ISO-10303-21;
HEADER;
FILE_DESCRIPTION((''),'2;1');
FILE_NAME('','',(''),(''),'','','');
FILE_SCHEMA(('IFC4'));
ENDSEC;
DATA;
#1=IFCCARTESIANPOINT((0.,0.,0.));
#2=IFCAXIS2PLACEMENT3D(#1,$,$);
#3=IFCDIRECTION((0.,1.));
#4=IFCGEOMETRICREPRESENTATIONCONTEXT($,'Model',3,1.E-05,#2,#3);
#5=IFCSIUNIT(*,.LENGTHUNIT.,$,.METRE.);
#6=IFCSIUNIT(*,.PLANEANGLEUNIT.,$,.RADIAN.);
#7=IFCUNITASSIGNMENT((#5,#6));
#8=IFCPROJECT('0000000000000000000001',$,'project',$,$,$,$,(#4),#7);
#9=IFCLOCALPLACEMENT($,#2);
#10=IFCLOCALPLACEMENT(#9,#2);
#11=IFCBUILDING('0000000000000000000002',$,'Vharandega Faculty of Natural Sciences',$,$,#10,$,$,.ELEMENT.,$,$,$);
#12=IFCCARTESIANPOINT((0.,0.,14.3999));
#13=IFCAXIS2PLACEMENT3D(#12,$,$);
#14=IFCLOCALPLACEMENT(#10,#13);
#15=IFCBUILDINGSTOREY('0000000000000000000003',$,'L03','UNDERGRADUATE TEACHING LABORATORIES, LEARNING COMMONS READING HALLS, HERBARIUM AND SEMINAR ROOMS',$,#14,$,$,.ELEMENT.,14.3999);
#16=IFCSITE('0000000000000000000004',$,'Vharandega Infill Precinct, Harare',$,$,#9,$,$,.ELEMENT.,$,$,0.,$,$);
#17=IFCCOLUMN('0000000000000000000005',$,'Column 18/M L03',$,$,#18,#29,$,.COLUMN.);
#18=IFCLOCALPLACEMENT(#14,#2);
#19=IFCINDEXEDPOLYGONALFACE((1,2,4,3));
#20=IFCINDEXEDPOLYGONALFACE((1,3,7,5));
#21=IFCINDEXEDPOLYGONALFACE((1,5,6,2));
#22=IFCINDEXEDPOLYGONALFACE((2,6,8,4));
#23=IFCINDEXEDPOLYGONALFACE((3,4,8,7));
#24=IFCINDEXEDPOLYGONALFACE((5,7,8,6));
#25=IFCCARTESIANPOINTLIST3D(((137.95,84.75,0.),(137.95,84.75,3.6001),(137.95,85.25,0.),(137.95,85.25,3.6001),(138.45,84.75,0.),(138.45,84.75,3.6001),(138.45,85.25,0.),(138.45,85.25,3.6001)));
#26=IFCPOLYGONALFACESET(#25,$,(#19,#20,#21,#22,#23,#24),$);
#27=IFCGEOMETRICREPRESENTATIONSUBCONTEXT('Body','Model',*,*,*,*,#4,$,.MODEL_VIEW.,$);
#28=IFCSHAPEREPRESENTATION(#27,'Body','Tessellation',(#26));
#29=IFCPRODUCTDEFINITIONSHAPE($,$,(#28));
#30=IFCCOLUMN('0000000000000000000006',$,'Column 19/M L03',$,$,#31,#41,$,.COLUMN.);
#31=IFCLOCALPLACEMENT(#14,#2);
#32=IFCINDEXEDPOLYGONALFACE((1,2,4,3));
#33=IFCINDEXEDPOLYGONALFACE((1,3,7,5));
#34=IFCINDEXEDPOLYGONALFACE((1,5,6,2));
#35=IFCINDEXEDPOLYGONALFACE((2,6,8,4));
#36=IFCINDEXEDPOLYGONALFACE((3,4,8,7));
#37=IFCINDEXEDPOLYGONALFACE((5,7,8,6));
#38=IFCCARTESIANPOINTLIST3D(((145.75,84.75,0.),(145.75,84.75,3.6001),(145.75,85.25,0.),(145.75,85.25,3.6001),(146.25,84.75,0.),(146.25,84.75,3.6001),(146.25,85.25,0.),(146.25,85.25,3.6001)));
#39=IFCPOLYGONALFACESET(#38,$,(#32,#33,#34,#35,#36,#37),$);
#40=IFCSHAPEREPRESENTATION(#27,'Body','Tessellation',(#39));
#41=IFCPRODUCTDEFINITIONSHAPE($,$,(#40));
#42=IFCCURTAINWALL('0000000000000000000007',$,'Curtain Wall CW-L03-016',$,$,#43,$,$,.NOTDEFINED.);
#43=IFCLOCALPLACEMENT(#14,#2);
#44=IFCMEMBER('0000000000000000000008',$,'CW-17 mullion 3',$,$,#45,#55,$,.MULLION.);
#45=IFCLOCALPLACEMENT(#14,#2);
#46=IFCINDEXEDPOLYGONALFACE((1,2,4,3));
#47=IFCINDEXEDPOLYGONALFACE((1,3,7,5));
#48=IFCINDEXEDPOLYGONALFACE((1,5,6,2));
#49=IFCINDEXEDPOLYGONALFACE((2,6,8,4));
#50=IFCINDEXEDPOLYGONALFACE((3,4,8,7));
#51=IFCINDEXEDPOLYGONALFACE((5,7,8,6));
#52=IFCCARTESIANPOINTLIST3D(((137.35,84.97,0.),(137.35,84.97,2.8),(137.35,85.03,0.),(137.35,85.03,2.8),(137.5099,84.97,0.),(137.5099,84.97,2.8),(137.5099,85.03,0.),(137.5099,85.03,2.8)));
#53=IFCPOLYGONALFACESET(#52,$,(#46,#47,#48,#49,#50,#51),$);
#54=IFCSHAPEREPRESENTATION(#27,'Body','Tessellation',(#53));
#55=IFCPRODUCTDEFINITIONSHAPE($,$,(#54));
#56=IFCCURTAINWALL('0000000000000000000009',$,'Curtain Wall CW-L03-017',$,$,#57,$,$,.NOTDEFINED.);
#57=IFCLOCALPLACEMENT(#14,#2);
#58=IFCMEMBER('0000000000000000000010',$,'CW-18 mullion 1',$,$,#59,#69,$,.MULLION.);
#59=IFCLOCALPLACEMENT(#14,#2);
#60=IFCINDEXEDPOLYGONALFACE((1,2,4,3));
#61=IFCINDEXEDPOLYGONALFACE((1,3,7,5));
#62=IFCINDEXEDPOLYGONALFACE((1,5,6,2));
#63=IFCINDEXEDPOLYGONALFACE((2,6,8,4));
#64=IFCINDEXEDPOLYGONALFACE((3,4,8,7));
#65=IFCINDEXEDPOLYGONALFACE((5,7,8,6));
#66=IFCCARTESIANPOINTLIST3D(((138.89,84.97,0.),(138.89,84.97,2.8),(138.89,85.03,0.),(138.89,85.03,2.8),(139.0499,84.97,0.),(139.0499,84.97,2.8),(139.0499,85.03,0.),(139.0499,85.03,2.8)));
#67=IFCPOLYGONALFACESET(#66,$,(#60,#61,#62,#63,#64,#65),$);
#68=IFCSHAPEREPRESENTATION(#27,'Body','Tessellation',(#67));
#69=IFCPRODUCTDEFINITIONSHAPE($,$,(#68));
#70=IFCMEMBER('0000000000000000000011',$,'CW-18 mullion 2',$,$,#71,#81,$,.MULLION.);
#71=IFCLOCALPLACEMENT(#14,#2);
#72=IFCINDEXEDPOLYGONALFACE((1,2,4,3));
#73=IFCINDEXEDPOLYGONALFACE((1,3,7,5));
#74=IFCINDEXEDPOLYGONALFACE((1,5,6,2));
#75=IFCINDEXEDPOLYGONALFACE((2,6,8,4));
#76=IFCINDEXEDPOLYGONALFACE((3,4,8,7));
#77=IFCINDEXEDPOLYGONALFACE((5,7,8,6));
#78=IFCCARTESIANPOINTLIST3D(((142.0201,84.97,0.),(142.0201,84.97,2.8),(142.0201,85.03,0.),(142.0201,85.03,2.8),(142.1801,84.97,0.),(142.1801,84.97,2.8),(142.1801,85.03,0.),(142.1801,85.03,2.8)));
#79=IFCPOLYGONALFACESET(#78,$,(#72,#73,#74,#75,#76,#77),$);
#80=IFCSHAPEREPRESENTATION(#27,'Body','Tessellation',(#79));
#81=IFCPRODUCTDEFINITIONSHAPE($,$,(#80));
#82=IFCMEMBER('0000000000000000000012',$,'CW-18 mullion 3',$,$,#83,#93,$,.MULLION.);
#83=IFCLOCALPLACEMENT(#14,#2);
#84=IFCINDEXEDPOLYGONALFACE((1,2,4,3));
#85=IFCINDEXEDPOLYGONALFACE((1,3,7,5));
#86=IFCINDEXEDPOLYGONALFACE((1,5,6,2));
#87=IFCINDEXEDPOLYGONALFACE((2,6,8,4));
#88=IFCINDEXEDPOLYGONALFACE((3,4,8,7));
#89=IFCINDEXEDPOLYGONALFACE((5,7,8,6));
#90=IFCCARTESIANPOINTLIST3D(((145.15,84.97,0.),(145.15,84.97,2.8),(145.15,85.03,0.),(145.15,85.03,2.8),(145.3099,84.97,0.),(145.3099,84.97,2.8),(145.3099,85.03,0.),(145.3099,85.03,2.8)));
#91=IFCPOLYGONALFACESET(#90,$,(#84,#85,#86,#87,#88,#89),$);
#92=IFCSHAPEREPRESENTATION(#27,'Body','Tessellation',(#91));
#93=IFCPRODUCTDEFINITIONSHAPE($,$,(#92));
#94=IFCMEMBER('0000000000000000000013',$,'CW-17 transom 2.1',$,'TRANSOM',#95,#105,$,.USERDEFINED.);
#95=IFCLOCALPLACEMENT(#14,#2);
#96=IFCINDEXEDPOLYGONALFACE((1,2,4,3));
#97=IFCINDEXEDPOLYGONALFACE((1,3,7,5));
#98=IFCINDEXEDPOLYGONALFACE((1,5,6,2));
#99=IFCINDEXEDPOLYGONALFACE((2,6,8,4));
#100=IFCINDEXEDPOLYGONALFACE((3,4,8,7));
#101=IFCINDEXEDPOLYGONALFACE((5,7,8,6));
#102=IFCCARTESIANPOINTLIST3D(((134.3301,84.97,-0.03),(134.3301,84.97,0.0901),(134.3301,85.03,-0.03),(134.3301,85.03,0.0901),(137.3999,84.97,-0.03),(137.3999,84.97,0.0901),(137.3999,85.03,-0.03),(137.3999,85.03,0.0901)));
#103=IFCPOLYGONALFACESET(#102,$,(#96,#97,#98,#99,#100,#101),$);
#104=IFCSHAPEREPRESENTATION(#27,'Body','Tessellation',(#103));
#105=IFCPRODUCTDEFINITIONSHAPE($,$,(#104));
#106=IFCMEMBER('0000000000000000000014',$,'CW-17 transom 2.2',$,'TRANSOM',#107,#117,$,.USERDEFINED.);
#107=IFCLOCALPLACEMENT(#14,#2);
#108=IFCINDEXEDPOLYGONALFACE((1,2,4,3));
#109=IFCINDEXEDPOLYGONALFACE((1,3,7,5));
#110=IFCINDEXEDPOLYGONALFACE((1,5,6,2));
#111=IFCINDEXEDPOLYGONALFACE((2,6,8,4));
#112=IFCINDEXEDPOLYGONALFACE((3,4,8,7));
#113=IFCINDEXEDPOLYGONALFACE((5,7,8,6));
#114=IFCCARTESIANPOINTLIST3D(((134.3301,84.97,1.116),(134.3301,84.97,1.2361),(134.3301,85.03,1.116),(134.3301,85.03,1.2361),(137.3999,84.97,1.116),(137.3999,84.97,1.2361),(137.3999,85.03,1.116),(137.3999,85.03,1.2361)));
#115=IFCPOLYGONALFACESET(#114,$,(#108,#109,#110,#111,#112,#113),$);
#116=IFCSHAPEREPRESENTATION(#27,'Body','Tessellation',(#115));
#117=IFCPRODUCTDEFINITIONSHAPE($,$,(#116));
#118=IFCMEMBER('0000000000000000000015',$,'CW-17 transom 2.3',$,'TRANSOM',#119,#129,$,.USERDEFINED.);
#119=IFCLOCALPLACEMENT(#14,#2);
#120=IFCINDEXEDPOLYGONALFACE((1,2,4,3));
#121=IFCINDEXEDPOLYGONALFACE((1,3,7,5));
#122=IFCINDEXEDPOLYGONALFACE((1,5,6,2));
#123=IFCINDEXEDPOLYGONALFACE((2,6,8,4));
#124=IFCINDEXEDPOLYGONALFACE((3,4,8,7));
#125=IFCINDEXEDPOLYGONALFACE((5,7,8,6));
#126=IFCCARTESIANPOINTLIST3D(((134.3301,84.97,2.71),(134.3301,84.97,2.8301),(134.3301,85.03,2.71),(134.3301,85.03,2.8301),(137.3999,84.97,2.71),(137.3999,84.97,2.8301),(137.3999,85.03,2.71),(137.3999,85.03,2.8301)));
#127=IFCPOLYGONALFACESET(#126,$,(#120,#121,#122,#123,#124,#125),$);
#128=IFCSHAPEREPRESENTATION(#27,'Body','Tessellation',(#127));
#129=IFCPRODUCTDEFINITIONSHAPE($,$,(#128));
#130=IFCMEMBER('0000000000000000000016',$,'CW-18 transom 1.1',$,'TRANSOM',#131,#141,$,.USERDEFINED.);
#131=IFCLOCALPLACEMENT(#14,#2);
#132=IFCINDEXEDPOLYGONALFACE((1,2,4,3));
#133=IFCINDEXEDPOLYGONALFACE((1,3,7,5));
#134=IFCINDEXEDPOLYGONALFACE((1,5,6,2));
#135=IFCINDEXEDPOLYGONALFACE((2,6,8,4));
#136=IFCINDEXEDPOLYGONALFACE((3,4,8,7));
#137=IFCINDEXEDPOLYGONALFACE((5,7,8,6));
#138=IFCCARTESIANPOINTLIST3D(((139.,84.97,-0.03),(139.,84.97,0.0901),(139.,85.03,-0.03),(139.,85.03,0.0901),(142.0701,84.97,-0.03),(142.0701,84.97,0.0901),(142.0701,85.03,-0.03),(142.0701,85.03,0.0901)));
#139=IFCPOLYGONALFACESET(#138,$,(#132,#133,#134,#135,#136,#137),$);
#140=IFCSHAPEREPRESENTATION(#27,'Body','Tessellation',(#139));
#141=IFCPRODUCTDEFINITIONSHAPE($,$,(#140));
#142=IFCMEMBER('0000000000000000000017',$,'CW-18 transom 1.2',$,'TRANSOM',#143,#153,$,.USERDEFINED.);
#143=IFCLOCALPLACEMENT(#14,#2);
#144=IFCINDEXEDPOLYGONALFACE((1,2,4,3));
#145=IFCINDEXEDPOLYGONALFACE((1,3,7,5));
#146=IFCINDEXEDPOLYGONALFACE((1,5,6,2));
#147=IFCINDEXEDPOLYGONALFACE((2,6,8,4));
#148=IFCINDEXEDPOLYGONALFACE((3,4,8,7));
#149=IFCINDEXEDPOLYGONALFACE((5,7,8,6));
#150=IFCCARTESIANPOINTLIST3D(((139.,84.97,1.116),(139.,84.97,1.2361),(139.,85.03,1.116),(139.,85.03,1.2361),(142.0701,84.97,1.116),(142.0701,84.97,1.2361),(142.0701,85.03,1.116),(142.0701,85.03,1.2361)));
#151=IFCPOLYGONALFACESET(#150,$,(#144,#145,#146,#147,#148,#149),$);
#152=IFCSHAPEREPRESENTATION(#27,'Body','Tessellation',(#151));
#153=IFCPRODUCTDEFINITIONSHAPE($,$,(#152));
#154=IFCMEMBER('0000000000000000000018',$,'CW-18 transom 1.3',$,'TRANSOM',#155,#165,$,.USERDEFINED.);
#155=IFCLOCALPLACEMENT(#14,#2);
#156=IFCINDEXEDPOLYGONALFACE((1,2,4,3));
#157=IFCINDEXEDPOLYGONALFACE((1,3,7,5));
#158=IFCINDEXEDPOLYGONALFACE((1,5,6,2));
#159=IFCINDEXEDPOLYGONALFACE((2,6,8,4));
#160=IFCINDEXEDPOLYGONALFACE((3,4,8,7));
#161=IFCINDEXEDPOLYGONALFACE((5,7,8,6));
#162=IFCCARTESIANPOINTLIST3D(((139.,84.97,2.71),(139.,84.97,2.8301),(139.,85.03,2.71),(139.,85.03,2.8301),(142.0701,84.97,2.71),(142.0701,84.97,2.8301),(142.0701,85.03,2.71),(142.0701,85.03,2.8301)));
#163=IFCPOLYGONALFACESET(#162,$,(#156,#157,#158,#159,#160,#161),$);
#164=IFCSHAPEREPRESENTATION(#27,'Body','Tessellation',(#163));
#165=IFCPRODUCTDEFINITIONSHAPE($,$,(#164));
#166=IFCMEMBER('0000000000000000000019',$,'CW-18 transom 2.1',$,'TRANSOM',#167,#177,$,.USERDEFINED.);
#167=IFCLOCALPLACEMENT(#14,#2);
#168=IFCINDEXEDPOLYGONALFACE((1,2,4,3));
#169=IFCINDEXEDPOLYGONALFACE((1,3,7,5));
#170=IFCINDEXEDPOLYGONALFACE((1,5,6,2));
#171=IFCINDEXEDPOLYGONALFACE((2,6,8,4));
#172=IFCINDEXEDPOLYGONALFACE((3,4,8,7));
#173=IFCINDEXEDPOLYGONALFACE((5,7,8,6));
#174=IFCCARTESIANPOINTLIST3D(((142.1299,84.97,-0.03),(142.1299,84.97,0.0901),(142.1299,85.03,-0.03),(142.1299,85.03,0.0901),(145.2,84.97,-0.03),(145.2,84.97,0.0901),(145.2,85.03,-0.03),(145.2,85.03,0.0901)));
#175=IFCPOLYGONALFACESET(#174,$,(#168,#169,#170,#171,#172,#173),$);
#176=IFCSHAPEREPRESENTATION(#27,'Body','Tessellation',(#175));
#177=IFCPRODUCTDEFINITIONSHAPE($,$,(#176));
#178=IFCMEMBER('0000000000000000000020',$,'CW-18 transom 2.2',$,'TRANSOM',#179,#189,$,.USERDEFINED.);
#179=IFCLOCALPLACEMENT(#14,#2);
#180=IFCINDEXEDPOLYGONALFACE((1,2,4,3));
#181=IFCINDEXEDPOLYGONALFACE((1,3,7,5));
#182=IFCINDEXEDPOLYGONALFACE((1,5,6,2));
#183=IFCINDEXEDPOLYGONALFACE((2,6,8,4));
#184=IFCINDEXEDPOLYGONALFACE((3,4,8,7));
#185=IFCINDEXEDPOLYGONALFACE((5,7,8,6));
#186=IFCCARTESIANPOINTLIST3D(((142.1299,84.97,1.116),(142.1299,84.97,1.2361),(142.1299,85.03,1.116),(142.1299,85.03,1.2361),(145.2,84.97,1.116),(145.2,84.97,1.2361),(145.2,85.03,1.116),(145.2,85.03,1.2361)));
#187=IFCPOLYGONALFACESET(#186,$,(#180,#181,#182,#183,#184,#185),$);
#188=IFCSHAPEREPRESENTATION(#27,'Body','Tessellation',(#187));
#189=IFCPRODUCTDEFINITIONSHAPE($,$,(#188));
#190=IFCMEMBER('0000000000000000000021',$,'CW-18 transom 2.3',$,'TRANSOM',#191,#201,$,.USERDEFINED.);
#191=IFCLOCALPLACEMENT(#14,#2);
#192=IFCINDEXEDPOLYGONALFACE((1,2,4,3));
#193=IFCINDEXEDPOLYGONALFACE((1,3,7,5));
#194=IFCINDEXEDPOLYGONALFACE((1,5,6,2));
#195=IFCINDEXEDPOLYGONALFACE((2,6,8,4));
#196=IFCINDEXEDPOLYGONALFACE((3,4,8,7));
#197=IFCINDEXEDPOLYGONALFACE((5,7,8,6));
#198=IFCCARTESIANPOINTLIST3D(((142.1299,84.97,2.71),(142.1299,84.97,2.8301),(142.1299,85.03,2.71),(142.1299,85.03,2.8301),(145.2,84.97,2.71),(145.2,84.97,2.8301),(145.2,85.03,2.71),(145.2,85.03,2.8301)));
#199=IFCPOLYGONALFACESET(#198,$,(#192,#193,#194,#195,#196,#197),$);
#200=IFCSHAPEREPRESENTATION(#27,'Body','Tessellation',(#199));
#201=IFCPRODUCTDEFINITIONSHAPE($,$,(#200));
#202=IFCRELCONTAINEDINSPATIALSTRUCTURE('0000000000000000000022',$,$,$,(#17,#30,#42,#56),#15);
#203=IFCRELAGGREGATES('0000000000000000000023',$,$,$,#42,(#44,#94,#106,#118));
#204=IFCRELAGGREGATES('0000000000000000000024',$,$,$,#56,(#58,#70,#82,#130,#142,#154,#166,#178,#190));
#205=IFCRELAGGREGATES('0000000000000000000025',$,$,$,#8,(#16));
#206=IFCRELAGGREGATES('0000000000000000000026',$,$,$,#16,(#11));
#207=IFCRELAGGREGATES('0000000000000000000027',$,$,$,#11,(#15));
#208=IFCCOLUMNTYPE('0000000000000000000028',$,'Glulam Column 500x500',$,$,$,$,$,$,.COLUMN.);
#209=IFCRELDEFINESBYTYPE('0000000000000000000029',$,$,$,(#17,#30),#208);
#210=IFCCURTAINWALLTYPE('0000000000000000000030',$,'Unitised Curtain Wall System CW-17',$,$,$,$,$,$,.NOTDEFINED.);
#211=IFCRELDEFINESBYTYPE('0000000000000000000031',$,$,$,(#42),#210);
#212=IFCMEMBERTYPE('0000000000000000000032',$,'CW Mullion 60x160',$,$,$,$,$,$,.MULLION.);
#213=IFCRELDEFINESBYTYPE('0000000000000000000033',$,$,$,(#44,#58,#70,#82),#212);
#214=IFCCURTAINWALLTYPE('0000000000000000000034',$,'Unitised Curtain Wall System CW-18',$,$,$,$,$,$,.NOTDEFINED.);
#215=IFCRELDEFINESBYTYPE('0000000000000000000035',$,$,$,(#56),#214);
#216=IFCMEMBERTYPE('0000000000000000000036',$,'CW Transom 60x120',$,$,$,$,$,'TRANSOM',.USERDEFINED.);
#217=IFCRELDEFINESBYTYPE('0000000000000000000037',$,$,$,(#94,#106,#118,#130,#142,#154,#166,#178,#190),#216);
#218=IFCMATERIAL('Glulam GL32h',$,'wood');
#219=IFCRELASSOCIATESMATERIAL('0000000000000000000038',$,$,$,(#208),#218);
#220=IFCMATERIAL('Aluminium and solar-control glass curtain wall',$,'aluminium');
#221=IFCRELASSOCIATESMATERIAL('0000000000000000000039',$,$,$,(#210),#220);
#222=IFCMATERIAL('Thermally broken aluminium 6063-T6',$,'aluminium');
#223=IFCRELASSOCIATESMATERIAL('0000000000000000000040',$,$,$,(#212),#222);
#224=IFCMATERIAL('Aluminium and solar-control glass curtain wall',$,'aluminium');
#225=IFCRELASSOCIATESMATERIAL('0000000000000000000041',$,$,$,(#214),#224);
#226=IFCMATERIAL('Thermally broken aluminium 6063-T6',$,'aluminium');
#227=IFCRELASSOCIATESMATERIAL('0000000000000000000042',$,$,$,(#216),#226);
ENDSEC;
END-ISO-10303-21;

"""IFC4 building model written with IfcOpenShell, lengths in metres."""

from ifc_helpers import new_model, si_unit, direction, frame, origin, origin_2d, place, context, subcontext, project, spatial, rectangle, extrude, material, material_profile, profile_set, type_object, element, aggregate, save


model = new_model("IFC4")

# Units and contexts
model_context = context("Model", 3, precision=1e-05, world=origin(), true_north=direction((0.0, 1.0)))
body_context = subcontext(model_context, "Body", "Model", "MODEL_VIEW")
ifc_project = project(units=[si_unit("LENGTHUNIT", "METRE"), si_unit("PLANEANGLEUNIT", "RADIAN")], contexts=[model_context])

# Site, building, storey
site_placement = place(None, origin())
site = spatial("IfcSite", under=ifc_project, at=site_placement, Name="Vharandega Infill Precinct, Harare", CompositionType="ELEMENT", RefElevation=0.0)
building_placement = place(site_placement, origin())
building = spatial("IfcBuilding", under=site, at=building_placement, Name="Vharandega Faculty of Natural Sciences", CompositionType="ELEMENT")
storey_placement = place(building_placement, frame((0.0, 0.0, 14.3999)))
storey = spatial("IfcBuildingStorey", under=building, at=storey_placement, Name="L03", Description="UNDERGRADUATE TEACHING LABORATORIES, LEARNING COMMONS READING HALLS, HERBARIUM AND SEMINAR ROOMS", CompositionType="ELEMENT", Elevation=14.3999)

# Columns
ifc_material_1 = material(Name="Glulam GL32h", Category="wood")
ifc_material_profile_1 = material_profile(ifc_material_1, rectangle(XDim=0.5, YDim=0.5, at=origin_2d()), Name="GL32h 500x500")
ifc_profile_set_1 = profile_set([ifc_material_profile_1], Name="Glulam GL32h")
column_type = type_object("IfcColumnType", Name="Glulam Column 500x500", PredefinedType="COLUMN", material=ifc_profile_set_1)
for number, where, z_axis, x_axis, name in (
    (1, (138.2, 85.0, 0.0), (0.0, 0.0, 1.0), (1.0, 0.0, 0.0), "Column 18/M L03"),
    (2, (146.0, 85.0, 0.0), (0.0, 0.0, 1.0), (1.0, 0.0, 0.0), "Column 19/M L03"),
):
    element("IfcColumn", number, at=place(storey_placement, frame(where, z_axis=z_axis, x_axis=x_axis)), inside=storey, type_object=column_type, Name=name, PredefinedType="COLUMN", context=body_context, shape_type="SweptSolid", body=[
        extrude(rectangle(XDim=0.5, YDim=0.5, at=origin_2d()), origin(), (0.0, 0.0, 1.0), 3.6001),
    ])

# Curtain wall, member
ifc_material_2 = material(Name="Aluminium and solar-control glass curtain wall", Category="aluminium")
curtain_wall_type_1 = type_object("IfcCurtainWallType", Name="Unitised Curtain Wall System CW-17", PredefinedType="NOTDEFINED", material=ifc_material_2)
curtain_wall_1_placement = place(storey_placement, origin())
curtain_wall_1 = element("IfcCurtainWall", 3, at=curtain_wall_1_placement, inside=storey, type_object=curtain_wall_type_1, Name="Curtain Wall CW-L03-016", PredefinedType="NOTDEFINED")
ifc_material_3 = material(Name="Thermally broken aluminium 6063-T6", Category="aluminium")
ifc_material_profile_2 = material_profile(ifc_material_3, rectangle(XDim=0.0601, YDim=0.1599, at=origin_2d()), Name="ALU 60x160")
ifc_profile_set_2 = profile_set([ifc_material_profile_2], Name="Thermally broken aluminium 6063-T6")
member_type_1 = type_object("IfcMemberType", Name="CW Mullion 60x160", PredefinedType="MULLION", material=ifc_profile_set_2)
member_1_placement = place(storey_placement, frame((137.4299, 85.0, 0.0), z_axis=(0.0, 0.0, 1.0), x_axis=(0.0, 1.0, 0.0)))
member_1 = element("IfcMember", 4, at=member_1_placement, type_object=member_type_1, Name="CW-17 mullion 3", PredefinedType="MULLION", context=body_context, shape_type="SweptSolid", body=[
    extrude(rectangle(XDim=0.0601, YDim=0.1599, at=origin_2d()), origin(), (0.0, 0.0, 1.0), 2.8),
])

# Curtain wall, members
ifc_material_4 = material(Name="Aluminium and solar-control glass curtain wall", Category="aluminium")
curtain_wall_type_2 = type_object("IfcCurtainWallType", Name="Unitised Curtain Wall System CW-18", PredefinedType="NOTDEFINED", material=ifc_material_4)
curtain_wall_2_placement = place(storey_placement, origin())
curtain_wall_2 = element("IfcCurtainWall", 5, at=curtain_wall_2_placement, inside=storey, type_object=curtain_wall_type_2, Name="Curtain Wall CW-L03-017", PredefinedType="NOTDEFINED")
member_2_placement = place(storey_placement, frame((138.97, 85.0, 0.0), z_axis=(0.0, 0.0, 1.0), x_axis=(0.0, 1.0, 0.0)))
member_2 = element("IfcMember", 6, at=member_2_placement, type_object=member_type_1, Name="CW-18 mullion 1", PredefinedType="MULLION", context=body_context, shape_type="SweptSolid", body=[
    extrude(rectangle(XDim=0.0601, YDim=0.1599, at=origin_2d()), origin(), (0.0, 0.0, 1.0), 2.8),
])
member_3_placement = place(storey_placement, frame((142.1001, 85.0, 0.0), z_axis=(0.0, 0.0, 1.0), x_axis=(0.0, 1.0, 0.0)))
member_3 = element("IfcMember", 7, at=member_3_placement, type_object=member_type_1, Name="CW-18 mullion 2", PredefinedType="MULLION", context=body_context, shape_type="SweptSolid", body=[
    extrude(rectangle(XDim=0.0601, YDim=0.1599, at=origin_2d()), origin(), (0.0, 0.0, 1.0), 2.8),
])
member_4_placement = place(storey_placement, frame((145.23, 85.0, 0.0), z_axis=(0.0, 0.0, 1.0), x_axis=(0.0, 1.0, 0.0)))
member_4 = element("IfcMember", 8, at=member_4_placement, type_object=member_type_1, Name="CW-18 mullion 3", PredefinedType="MULLION", context=body_context, shape_type="SweptSolid", body=[
    extrude(rectangle(XDim=0.0601, YDim=0.1599, at=origin_2d()), origin(), (0.0, 0.0, 1.0), 2.8),
])

# Members
ifc_material_5 = material(Name="Thermally broken aluminium 6063-T6", Category="aluminium")
ifc_material_profile_3 = material_profile(ifc_material_5, rectangle(XDim=0.0601, YDim=0.1201, at=origin_2d()), Name="ALU 60x120")
ifc_profile_set_3 = profile_set([ifc_material_profile_3], Name="Thermally broken aluminium 6063-T6")
member_type_2 = type_object("IfcMemberType", Name="CW Transom 60x120", ElementType="TRANSOM", PredefinedType="USERDEFINED", material=ifc_profile_set_3)
member_5_placement = place(storey_placement, frame((134.3301, 85.0, 0.03), z_axis=(1.0, 0.0, 0.0), x_axis=(0.0, 1.0, 0.0)))
member_5 = element("IfcMember", 9, at=member_5_placement, type_object=member_type_2, Name="CW-17 transom 2.1", ObjectType="TRANSOM", PredefinedType="USERDEFINED", context=body_context, shape_type="SweptSolid", body=[
    extrude(rectangle(XDim=0.0601, YDim=0.1201, at=origin_2d()), origin(), (0.0, 0.0, 1.0), 3.0698),
])
member_6_placement = place(storey_placement, frame((134.3301, 85.0, 1.176), z_axis=(1.0, 0.0, 0.0), x_axis=(0.0, 1.0, 0.0)))
member_6 = element("IfcMember", 10, at=member_6_placement, type_object=member_type_2, Name="CW-17 transom 2.2", ObjectType="TRANSOM", PredefinedType="USERDEFINED", context=body_context, shape_type="SweptSolid", body=[
    extrude(rectangle(XDim=0.0601, YDim=0.1201, at=origin_2d()), origin(), (0.0, 0.0, 1.0), 3.0698),
])
member_7_placement = place(storey_placement, frame((134.3301, 85.0, 2.77), z_axis=(1.0, 0.0, 0.0), x_axis=(0.0, 1.0, 0.0)))
member_7 = element("IfcMember", 11, at=member_7_placement, type_object=member_type_2, Name="CW-17 transom 2.3", ObjectType="TRANSOM", PredefinedType="USERDEFINED", context=body_context, shape_type="SweptSolid", body=[
    extrude(rectangle(XDim=0.0601, YDim=0.1201, at=origin_2d()), origin(), (0.0, 0.0, 1.0), 3.0698),
])
member_8_placement = place(storey_placement, frame((139.0, 85.0, 0.03), z_axis=(1.0, 0.0, 0.0), x_axis=(0.0, 1.0, 0.0)))
member_8 = element("IfcMember", 12, at=member_8_placement, type_object=member_type_2, Name="CW-18 transom 1.1", ObjectType="TRANSOM", PredefinedType="USERDEFINED", context=body_context, shape_type="SweptSolid", body=[
    extrude(rectangle(XDim=0.0601, YDim=0.1201, at=origin_2d()), origin(), (0.0, 0.0, 1.0), 3.0701),
])
member_9_placement = place(storey_placement, frame((139.0, 85.0, 1.176), z_axis=(1.0, 0.0, 0.0), x_axis=(0.0, 1.0, 0.0)))
member_9 = element("IfcMember", 13, at=member_9_placement, type_object=member_type_2, Name="CW-18 transom 1.2", ObjectType="TRANSOM", PredefinedType="USERDEFINED", context=body_context, shape_type="SweptSolid", body=[
    extrude(rectangle(XDim=0.0601, YDim=0.1201, at=origin_2d()), origin(), (0.0, 0.0, 1.0), 3.0701),
])
member_10_placement = place(storey_placement, frame((139.0, 85.0, 2.77), z_axis=(1.0, 0.0, 0.0), x_axis=(0.0, 1.0, 0.0)))
member_10 = element("IfcMember", 14, at=member_10_placement, type_object=member_type_2, Name="CW-18 transom 1.3", ObjectType="TRANSOM", PredefinedType="USERDEFINED", context=body_context, shape_type="SweptSolid", body=[
    extrude(rectangle(XDim=0.0601, YDim=0.1201, at=origin_2d()), origin(), (0.0, 0.0, 1.0), 3.0701),
])
member_11_placement = place(storey_placement, frame((142.1299, 85.0, 0.03), z_axis=(1.0, 0.0, 0.0), x_axis=(0.0, 1.0, 0.0)))
member_11 = element("IfcMember", 15, at=member_11_placement, type_object=member_type_2, Name="CW-18 transom 2.1", ObjectType="TRANSOM", PredefinedType="USERDEFINED", context=body_context, shape_type="SweptSolid", body=[
    extrude(rectangle(XDim=0.0601, YDim=0.1201, at=origin_2d()), origin(), (0.0, 0.0, 1.0), 3.0701),
])
member_12_placement = place(storey_placement, frame((142.1299, 85.0, 1.176), z_axis=(1.0, 0.0, 0.0), x_axis=(0.0, 1.0, 0.0)))
member_12 = element("IfcMember", 16, at=member_12_placement, type_object=member_type_2, Name="CW-18 transom 2.2", ObjectType="TRANSOM", PredefinedType="USERDEFINED", context=body_context, shape_type="SweptSolid", body=[
    extrude(rectangle(XDim=0.0601, YDim=0.1201, at=origin_2d()), origin(), (0.0, 0.0, 1.0), 3.0701),
])
member_13_placement = place(storey_placement, frame((142.1299, 85.0, 2.77), z_axis=(1.0, 0.0, 0.0), x_axis=(0.0, 1.0, 0.0)))
member_13 = element("IfcMember", 17, at=member_13_placement, type_object=member_type_2, Name="CW-18 transom 2.3", ObjectType="TRANSOM", PredefinedType="USERDEFINED", context=body_context, shape_type="SweptSolid", body=[
    extrude(rectangle(XDim=0.0601, YDim=0.1201, at=origin_2d()), origin(), (0.0, 0.0, 1.0), 3.0701),
])

aggregate(curtain_wall_1, [member_1, member_5, member_6, member_7])
aggregate(curtain_wall_2, [member_2, member_3, member_4, member_8, member_9, member_10, member_11, member_12, member_13])

save(model, "model.ifc")
